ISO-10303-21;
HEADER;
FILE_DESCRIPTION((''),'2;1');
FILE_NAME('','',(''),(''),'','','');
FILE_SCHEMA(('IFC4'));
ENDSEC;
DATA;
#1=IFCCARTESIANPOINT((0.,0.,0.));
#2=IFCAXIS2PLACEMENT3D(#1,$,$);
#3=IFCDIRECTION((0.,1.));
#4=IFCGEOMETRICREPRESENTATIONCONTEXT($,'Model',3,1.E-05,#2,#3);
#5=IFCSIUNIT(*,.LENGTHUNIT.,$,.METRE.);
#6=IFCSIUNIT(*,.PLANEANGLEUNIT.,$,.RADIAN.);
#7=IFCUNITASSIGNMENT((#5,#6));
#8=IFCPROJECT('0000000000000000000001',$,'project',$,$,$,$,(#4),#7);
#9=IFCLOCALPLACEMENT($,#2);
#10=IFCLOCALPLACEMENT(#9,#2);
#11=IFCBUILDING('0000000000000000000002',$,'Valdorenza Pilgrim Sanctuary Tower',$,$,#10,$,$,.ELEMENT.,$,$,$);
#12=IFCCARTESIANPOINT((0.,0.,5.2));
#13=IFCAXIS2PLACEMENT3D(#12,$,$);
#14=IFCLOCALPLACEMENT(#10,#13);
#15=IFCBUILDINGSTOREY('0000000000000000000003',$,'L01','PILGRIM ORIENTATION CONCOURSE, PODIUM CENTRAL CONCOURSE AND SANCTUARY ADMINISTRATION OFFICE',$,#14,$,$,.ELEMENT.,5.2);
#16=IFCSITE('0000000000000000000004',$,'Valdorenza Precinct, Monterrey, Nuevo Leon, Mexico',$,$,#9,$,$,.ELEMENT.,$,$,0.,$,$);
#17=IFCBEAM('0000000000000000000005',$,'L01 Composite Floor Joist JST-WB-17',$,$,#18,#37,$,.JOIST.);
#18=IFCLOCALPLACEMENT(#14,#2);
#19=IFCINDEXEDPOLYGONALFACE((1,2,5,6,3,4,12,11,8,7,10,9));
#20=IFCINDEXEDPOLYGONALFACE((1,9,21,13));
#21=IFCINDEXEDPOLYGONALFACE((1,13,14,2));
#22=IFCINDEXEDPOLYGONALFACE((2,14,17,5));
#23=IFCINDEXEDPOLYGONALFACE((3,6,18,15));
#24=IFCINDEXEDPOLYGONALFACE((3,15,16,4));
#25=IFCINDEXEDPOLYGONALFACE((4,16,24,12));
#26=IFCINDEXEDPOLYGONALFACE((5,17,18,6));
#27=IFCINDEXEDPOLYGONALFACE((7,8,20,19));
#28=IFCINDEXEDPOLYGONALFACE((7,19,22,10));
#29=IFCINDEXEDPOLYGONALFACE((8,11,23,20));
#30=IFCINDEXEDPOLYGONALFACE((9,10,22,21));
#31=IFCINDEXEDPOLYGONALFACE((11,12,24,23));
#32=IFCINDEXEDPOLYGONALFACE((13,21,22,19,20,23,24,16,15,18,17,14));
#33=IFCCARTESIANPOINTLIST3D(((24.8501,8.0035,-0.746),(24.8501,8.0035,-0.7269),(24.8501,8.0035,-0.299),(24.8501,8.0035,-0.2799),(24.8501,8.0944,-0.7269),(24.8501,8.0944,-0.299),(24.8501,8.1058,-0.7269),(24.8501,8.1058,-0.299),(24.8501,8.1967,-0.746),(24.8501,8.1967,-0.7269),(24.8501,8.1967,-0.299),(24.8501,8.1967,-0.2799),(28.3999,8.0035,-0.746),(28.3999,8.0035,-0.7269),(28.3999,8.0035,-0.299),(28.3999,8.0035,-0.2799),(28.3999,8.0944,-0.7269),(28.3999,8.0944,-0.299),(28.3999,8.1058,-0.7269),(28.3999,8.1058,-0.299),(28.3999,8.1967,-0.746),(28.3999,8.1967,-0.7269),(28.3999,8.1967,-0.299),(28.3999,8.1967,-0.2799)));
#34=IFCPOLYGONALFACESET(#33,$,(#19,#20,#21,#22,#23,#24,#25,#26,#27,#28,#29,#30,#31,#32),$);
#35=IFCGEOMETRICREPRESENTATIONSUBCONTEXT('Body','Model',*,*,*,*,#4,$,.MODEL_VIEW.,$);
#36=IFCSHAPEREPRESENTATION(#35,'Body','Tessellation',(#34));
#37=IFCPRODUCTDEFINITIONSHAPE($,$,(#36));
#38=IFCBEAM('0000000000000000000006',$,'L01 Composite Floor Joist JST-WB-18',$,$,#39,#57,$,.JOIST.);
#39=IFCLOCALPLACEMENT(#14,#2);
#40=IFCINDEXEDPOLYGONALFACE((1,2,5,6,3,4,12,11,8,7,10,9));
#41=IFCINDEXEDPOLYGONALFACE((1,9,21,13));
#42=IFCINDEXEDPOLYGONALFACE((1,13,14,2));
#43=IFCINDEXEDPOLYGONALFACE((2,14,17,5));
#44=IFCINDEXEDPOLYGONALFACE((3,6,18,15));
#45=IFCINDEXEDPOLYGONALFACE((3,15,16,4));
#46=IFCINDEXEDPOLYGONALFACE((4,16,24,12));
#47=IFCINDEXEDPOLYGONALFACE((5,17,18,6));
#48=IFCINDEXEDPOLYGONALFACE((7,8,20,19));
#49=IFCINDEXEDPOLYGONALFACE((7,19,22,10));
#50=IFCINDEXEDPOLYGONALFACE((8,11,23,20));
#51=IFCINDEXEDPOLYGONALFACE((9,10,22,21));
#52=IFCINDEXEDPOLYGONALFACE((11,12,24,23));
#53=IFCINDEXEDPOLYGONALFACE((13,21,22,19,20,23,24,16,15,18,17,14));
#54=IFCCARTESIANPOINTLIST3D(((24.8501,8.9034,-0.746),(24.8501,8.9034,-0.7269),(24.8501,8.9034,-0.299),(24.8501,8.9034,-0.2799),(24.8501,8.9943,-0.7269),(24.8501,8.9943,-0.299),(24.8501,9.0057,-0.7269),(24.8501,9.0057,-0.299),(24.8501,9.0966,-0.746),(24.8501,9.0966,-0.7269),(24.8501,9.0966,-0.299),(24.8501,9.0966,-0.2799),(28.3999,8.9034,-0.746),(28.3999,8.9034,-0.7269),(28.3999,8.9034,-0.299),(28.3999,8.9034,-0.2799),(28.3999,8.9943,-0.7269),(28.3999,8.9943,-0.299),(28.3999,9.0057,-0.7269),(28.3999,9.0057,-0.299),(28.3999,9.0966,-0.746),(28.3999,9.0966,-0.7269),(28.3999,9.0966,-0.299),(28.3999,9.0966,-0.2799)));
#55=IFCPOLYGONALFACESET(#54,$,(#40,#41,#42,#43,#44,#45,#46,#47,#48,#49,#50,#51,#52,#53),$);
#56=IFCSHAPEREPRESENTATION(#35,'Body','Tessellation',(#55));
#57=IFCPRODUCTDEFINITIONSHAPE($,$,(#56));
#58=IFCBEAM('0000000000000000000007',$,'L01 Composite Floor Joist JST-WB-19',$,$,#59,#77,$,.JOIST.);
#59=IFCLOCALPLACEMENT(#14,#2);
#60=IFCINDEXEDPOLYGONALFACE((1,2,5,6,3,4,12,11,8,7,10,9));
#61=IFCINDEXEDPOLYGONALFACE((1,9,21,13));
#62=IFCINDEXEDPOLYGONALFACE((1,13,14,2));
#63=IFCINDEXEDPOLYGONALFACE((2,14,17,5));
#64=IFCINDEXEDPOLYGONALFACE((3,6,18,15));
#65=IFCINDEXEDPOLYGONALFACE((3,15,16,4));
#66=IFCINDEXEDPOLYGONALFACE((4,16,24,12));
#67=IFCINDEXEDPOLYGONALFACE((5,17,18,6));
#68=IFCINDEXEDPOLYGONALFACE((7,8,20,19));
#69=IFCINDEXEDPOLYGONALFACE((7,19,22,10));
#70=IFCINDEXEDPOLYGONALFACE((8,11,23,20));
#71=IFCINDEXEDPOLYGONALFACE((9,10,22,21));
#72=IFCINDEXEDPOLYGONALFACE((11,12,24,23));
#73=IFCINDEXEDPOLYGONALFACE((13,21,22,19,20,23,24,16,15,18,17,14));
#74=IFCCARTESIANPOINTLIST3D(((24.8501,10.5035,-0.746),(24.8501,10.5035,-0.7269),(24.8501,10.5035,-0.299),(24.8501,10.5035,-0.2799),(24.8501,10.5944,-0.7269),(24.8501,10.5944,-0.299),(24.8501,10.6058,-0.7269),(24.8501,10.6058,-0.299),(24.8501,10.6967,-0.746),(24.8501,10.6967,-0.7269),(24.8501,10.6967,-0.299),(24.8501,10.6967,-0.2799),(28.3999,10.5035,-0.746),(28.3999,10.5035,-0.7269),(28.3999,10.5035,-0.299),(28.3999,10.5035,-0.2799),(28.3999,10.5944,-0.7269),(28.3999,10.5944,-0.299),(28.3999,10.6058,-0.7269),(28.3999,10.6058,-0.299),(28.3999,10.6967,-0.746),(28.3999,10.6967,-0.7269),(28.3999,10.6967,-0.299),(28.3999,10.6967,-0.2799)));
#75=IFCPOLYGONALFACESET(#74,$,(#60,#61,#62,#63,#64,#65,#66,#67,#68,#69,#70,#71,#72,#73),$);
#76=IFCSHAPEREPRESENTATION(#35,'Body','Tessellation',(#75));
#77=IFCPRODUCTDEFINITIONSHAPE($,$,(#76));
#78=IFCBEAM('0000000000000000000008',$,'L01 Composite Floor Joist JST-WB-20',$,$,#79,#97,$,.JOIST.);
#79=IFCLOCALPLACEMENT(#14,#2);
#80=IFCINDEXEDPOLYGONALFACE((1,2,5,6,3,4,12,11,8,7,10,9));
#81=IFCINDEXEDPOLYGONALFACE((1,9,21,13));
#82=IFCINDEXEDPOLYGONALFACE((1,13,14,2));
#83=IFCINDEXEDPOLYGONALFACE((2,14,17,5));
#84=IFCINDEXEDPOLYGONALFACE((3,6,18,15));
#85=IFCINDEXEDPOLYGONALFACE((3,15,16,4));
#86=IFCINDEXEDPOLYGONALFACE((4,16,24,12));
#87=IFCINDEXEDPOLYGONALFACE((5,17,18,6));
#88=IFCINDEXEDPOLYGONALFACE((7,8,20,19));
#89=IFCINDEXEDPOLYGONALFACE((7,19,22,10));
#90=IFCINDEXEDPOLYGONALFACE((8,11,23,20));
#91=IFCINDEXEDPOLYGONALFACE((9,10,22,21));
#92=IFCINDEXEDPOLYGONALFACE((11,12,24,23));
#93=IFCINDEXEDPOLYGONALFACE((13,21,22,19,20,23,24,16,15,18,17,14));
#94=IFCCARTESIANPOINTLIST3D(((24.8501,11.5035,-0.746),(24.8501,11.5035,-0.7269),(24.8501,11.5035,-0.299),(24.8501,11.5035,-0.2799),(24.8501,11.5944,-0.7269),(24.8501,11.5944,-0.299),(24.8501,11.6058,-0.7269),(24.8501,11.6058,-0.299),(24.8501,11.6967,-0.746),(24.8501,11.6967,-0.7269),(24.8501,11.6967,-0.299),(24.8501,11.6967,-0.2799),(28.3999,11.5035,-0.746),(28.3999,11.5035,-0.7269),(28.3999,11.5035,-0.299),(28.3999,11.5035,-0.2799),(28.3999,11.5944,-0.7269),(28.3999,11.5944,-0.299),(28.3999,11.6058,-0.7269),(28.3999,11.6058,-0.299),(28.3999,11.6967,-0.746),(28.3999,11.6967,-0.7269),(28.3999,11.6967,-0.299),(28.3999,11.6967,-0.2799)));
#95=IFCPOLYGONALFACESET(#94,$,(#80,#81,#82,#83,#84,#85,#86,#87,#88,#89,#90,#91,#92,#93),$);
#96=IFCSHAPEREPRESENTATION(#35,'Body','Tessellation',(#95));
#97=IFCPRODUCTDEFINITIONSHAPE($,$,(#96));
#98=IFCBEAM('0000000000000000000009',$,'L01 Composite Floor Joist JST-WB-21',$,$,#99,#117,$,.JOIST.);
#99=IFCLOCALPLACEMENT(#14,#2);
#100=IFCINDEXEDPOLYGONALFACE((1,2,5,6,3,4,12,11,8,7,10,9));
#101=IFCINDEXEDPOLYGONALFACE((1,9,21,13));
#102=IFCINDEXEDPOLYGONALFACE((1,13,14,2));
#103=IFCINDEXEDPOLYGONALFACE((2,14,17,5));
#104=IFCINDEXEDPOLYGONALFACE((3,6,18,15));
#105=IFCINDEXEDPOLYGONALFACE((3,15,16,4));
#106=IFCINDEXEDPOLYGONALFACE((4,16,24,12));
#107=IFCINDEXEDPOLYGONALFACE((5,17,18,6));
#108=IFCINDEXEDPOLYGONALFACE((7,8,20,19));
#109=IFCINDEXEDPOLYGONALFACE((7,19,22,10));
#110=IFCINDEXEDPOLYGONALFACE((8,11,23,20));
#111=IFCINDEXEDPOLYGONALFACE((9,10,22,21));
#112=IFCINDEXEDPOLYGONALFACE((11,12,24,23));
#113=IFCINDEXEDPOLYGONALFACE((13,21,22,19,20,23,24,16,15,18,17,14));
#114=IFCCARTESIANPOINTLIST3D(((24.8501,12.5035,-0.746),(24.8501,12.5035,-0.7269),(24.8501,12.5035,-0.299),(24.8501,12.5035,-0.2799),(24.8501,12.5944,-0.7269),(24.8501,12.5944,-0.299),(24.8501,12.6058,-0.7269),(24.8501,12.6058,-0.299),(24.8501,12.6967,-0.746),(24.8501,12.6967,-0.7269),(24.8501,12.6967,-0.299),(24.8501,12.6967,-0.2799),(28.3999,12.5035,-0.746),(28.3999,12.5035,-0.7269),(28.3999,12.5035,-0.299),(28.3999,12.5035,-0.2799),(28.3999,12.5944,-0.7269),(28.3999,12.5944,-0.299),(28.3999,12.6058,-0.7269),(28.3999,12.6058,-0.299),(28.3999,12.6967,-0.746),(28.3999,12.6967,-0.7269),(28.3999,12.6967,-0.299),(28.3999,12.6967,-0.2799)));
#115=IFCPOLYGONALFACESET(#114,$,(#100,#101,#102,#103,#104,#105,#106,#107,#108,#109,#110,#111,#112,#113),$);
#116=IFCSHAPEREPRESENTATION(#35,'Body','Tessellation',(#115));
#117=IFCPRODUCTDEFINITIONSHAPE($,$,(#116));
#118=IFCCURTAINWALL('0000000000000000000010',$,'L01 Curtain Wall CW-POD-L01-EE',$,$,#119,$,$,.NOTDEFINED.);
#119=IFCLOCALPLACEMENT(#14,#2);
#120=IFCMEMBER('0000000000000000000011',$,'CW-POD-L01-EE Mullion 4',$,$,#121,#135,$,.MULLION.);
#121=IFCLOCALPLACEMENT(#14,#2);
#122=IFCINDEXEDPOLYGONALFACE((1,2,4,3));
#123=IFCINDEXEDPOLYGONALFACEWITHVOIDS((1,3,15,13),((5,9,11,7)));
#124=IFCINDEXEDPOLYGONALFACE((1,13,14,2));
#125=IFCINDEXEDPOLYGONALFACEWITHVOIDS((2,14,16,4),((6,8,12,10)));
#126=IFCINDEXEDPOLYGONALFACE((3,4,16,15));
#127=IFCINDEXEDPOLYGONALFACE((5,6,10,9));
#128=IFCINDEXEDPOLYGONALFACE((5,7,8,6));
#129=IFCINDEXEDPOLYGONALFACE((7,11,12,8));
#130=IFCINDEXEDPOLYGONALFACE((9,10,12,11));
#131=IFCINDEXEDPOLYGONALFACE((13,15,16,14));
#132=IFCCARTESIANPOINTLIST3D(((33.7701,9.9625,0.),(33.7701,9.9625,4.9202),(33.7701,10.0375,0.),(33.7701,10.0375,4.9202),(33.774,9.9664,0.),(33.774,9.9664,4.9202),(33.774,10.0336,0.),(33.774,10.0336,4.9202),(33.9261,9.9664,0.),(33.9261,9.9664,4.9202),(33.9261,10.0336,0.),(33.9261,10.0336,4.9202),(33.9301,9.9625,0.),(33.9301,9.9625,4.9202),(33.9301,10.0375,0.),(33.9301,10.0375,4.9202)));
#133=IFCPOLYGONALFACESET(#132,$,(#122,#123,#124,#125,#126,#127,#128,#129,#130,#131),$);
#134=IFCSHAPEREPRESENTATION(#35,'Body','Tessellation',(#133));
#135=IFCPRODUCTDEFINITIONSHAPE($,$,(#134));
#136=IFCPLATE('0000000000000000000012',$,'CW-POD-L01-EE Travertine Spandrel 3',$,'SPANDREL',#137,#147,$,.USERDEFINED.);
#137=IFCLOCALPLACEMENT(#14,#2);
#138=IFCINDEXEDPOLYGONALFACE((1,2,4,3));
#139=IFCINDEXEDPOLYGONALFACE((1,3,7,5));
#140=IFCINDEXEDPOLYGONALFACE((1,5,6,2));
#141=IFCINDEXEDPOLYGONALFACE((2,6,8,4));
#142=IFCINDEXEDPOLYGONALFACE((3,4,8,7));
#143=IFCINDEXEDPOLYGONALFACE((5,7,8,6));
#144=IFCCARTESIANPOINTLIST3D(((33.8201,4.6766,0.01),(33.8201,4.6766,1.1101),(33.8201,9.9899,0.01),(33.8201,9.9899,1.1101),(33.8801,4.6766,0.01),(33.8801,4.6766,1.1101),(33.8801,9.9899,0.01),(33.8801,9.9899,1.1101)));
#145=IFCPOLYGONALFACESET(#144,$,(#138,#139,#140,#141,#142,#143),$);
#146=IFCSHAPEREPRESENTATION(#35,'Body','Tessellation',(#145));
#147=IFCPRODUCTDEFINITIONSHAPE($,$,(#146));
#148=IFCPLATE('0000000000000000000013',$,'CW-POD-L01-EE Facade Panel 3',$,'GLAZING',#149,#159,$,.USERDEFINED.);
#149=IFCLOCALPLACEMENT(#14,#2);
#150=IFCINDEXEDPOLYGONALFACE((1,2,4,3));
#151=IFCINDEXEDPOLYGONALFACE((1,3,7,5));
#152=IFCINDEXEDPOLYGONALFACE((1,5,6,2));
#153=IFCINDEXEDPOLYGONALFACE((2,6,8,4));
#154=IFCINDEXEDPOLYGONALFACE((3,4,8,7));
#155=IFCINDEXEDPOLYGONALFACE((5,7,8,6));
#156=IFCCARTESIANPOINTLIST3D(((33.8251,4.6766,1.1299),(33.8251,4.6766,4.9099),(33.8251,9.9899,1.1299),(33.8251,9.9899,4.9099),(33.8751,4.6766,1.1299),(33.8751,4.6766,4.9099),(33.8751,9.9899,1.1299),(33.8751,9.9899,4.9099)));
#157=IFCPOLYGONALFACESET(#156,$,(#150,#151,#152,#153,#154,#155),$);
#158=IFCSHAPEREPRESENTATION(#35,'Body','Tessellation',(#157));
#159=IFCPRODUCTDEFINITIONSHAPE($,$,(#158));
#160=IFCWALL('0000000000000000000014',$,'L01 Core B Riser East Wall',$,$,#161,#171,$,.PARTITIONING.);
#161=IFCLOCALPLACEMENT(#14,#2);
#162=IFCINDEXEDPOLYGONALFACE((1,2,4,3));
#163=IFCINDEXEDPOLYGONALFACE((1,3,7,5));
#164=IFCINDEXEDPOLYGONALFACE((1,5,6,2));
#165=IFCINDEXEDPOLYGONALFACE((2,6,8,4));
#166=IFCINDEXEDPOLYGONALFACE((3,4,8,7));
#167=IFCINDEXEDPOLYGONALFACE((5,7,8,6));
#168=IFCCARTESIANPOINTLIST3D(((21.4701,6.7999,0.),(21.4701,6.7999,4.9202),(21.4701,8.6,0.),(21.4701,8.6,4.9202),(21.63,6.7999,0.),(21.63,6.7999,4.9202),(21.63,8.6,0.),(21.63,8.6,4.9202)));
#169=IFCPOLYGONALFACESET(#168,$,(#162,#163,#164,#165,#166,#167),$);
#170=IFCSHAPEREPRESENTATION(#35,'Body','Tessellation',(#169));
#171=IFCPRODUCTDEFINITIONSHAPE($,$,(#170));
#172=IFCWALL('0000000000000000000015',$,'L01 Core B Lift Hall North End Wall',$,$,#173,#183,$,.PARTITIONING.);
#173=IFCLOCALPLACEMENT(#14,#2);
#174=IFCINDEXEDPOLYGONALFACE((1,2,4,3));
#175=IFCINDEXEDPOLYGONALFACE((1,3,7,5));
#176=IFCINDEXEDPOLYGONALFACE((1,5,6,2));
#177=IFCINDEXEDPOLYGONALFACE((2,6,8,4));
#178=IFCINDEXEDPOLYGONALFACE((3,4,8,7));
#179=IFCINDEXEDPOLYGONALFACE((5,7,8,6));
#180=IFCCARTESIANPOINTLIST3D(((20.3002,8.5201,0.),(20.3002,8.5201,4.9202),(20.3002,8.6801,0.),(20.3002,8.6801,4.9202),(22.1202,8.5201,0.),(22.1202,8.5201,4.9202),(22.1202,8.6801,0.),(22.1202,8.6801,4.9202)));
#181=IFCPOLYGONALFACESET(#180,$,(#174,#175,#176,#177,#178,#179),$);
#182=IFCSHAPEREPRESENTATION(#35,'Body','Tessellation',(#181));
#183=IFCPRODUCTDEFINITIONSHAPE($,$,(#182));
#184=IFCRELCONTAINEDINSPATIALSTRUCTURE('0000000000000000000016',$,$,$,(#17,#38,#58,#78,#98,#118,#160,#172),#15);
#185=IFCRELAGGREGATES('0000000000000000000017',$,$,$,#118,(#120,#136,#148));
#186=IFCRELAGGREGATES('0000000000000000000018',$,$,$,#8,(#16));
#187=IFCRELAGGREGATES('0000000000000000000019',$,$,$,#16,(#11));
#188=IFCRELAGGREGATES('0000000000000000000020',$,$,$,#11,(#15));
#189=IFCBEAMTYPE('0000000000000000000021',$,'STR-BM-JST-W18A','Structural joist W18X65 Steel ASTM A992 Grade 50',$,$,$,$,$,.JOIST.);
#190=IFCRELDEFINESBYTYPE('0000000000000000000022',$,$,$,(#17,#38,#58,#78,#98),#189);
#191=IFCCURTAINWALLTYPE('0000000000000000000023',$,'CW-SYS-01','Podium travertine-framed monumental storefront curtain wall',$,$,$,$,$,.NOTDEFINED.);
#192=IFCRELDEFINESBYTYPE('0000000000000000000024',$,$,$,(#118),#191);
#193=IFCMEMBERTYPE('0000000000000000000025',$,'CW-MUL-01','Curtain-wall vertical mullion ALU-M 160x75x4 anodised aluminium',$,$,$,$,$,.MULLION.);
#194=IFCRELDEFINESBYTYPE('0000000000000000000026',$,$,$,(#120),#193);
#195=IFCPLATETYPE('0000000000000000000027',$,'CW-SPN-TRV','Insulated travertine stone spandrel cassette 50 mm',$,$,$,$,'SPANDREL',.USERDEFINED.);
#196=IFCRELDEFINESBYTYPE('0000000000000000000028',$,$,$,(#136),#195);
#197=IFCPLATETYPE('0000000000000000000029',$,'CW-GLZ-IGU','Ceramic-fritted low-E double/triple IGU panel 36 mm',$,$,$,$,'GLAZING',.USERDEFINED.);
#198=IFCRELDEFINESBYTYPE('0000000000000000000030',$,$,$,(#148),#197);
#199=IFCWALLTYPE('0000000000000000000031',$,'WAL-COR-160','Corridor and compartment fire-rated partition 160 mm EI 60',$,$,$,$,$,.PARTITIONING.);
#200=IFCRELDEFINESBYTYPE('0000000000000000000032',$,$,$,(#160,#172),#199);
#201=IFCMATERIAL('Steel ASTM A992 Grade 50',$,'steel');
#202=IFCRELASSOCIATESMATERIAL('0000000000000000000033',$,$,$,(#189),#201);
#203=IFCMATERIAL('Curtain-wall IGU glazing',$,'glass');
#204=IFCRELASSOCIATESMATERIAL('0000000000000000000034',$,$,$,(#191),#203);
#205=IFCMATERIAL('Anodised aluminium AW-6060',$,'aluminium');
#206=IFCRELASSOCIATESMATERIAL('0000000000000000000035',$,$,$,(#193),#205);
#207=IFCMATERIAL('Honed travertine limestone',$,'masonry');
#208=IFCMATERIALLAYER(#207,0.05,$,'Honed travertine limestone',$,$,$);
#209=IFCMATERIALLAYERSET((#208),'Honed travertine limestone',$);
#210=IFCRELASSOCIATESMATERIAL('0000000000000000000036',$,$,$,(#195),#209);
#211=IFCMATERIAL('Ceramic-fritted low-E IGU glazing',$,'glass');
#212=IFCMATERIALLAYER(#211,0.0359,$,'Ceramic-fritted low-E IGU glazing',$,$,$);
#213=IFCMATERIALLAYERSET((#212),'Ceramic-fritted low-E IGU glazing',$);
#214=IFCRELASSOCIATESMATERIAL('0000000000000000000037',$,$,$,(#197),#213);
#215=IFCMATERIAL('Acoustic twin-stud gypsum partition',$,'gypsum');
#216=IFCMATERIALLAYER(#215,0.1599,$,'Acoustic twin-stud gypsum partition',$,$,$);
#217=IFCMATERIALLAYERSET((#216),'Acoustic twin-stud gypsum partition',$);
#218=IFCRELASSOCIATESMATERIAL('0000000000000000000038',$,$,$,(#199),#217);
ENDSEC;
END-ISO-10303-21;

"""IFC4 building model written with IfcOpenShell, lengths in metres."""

from ifc_helpers import new_model, si_unit, direction, frame, frame_2d, origin, origin_2d, place, context, subcontext, project, spatial, rectangle, hollow_rectangle, i_section, extrude, source, transform, mapped, material, layer, layer_set, material_profile, profile_set, type_object, element, aggregate, save


model = new_model("IFC4")

# Units and contexts
model_context = context("Model", 3, precision=1e-05, world=origin(), true_north=direction((0.0, 1.0)))
body_context = subcontext(model_context, "Body", "Model", "MODEL_VIEW")
ifc_project = project(units=[si_unit("LENGTHUNIT", "METRE"), si_unit("PLANEANGLEUNIT", "RADIAN")], contexts=[model_context])

# Site, building, storey
site_placement = place(None, origin())
site = spatial("IfcSite", under=ifc_project, at=site_placement, Name="Valdorenza Precinct, Monterrey, Nuevo Leon, Mexico", CompositionType="ELEMENT", RefElevation=0.0)
building_placement = place(site_placement, origin())
building = spatial("IfcBuilding", under=site, at=building_placement, Name="Valdorenza Pilgrim Sanctuary Tower", CompositionType="ELEMENT")
storey_placement = place(building_placement, frame((0.0, 0.0, 5.2)))
storey = spatial("IfcBuildingStorey", under=building, at=storey_placement, Name="L01", Description="PILGRIM ORIENTATION CONCOURSE, PODIUM CENTRAL CONCOURSE AND SANCTUARY ADMINISTRATION OFFICE", CompositionType="ELEMENT", Elevation=5.2)

# Beams
ifc_material_1 = material(Name="Steel ASTM A992 Grade 50", Category="steel")
ifc_material_profile_1 = material_profile(ifc_material_1, i_section(OverallWidth=0.1931, OverallDepth=0.4661, WebThickness=0.0115, FlangeThickness=0.019, at=origin_2d()), Name="W18X65")
ifc_profile_set_1 = profile_set([ifc_material_profile_1], Name="Steel ASTM A992 Grade 50")
beam_type_1 = type_object("IfcBeamType", Name="STR-BM-JST-W18A", Description="Structural joist W18X65 Steel ASTM A992 Grade 50", PredefinedType="JOIST", material=ifc_profile_set_1)
shared_shape_1 = source(origin(), body_context, "Body", "SweptSolid", [
    extrude(i_section(OverallWidth=0.1931, OverallDepth=0.4661, WebThickness=0.0115, FlangeThickness=0.019, at=origin_2d()), origin(), (0.0, 0.0, 1.0), 3.5498),
])
for number, where, z_axis, x_axis, name in (
    (1, (24.8501, 8.1001, -0.5129), (1.0, 0.0, 0.0), (0.0, 1.0, 0.0), "L01 Composite Floor Joist JST-WB-17"),
    (2, (24.8501, 9.0, -0.5129), (1.0, 0.0, 0.0), (0.0, 1.0, 0.0), "L01 Composite Floor Joist JST-WB-18"),
    (3, (24.8501, 10.6001, -0.5129), (1.0, 0.0, 0.0), (0.0, 1.0, 0.0), "L01 Composite Floor Joist JST-WB-19"),
    (4, (24.8501, 11.6001, -0.5129), (1.0, 0.0, 0.0), (0.0, 1.0, 0.0), "L01 Composite Floor Joist JST-WB-20"),
    (5, (24.8501, 12.6001, -0.5129), (1.0, 0.0, 0.0), (0.0, 1.0, 0.0), "L01 Composite Floor Joist JST-WB-21"),
):
    element("IfcBeam", number, at=place(storey_placement, frame(where, z_axis=z_axis, x_axis=x_axis)), inside=storey, type_object=beam_type_1, Name=name, PredefinedType="JOIST", context=body_context, shape_type="MappedRepresentation", body=[
        mapped(shared_shape_1, transform((0.0, 0.0, 0.0), x_axis=(1.0, 0.0, 0.0), y_axis=(0.0, 1.0, 0.0), z_axis=(0.0, 0.0, 1.0), scale=1.0)),
    ])

# Curtain wall, member, plates
ifc_material_2 = material(Name="Curtain-wall IGU glazing", Category="glass")
curtain_wall_type = type_object("IfcCurtainWallType", Name="CW-SYS-01", Description="Podium travertine-framed monumental storefront curtain wall", PredefinedType="NOTDEFINED", material=ifc_material_2)
curtain_wall_placement = place(storey_placement, origin())
curtain_wall = element("IfcCurtainWall", 6, at=curtain_wall_placement, inside=storey, type_object=curtain_wall_type, Name="L01 Curtain Wall CW-POD-L01-EE", PredefinedType="NOTDEFINED")
ifc_material_3 = material(Name="Anodised aluminium AW-6060", Category="aluminium")
ifc_material_profile_2 = material_profile(ifc_material_3, hollow_rectangle(XDim=0.075, YDim=0.1599, WallThickness=0.0039, at=origin_2d()), Name="ALU-M 160x75x4")
ifc_profile_set_2 = profile_set([ifc_material_profile_2], Name="Anodised aluminium AW-6060")
member_type = type_object("IfcMemberType", Name="CW-MUL-01", Description="Curtain-wall vertical mullion ALU-M 160x75x4 anodised aluminium", PredefinedType="MULLION", material=ifc_profile_set_2)
shared_shape_2 = source(origin(), body_context, "Body", "SweptSolid", [
    extrude(hollow_rectangle(XDim=0.075, YDim=0.1599, WallThickness=0.0039, at=origin_2d()), origin(), (0.0, 0.0, 1.0), 4.9202),
])
member_placement = place(storey_placement, frame((33.8501, 10.0, 0.0), z_axis=(0.0, 0.0, 1.0), x_axis=(0.0, 1.0, 0.0)))
member = element("IfcMember", 7, at=member_placement, type_object=member_type, Name="CW-POD-L01-EE Mullion 4", PredefinedType="MULLION", context=body_context, shape_type="MappedRepresentation", body=[
    mapped(shared_shape_2, transform((0.0, 0.0, 0.0), x_axis=(1.0, 0.0, 0.0), y_axis=(0.0, 1.0, 0.0), z_axis=(0.0, 0.0, 1.0), scale=1.0)),
])
ifc_material_4 = material(Name="Honed travertine limestone", Category="masonry")
ifc_layer_1 = layer(ifc_material_4, 0.05, Name="Honed travertine limestone")
ifc_layer_set_1 = layer_set([ifc_layer_1], Name="Honed travertine limestone")
plate_type_1 = type_object("IfcPlateType", Name="CW-SPN-TRV", Description="Insulated travertine stone spandrel cassette 50 mm", ElementType="SPANDREL", PredefinedType="USERDEFINED", material=ifc_layer_set_1)
shared_shape_3 = source(origin(), body_context, "Body", "SweptSolid", [
    extrude(rectangle(XDim=5.3132, YDim=0.0601, at=origin_2d()), origin(), (0.0, 0.0, 1.0), 1.1001),
])
plate_1_placement = place(storey_placement, frame((33.8501, 7.3333, 0.01), z_axis=(0.0, 0.0, 1.0), x_axis=(0.0, 1.0, 0.0)))
plate_1 = element("IfcPlate", 8, at=plate_1_placement, type_object=plate_type_1, Name="CW-POD-L01-EE Travertine Spandrel 3", ObjectType="SPANDREL", PredefinedType="USERDEFINED", context=body_context, shape_type="MappedRepresentation", body=[
    mapped(shared_shape_3, transform((0.0, 0.0, 0.0), x_axis=(1.0, 0.0, 0.0), y_axis=(0.0, 1.0, 0.0), z_axis=(0.0, 0.0, 1.0), scale=1.0)),
])
ifc_material_5 = material(Name="Ceramic-fritted low-E IGU glazing", Category="glass")
ifc_layer_2 = layer(ifc_material_5, 0.0359, Name="Ceramic-fritted low-E IGU glazing")
ifc_layer_set_2 = layer_set([ifc_layer_2], Name="Ceramic-fritted low-E IGU glazing")
plate_type_2 = type_object("IfcPlateType", Name="CW-GLZ-IGU", Description="Ceramic-fritted low-E double/triple IGU panel 36 mm", ElementType="GLAZING", PredefinedType="USERDEFINED", material=ifc_layer_set_2)
shared_shape_4 = source(origin(), body_context, "Body", "SweptSolid", [
    extrude(rectangle(XDim=5.3132, YDim=0.05, at=origin_2d()), origin(), (0.0, 0.0, 1.0), 3.78),
])
plate_2_placement = place(storey_placement, frame((33.8501, 7.3333, 1.1299), z_axis=(0.0, 0.0, 1.0), x_axis=(0.0, 1.0, 0.0)))
plate_2 = element("IfcPlate", 9, at=plate_2_placement, type_object=plate_type_2, Name="CW-POD-L01-EE Facade Panel 3", ObjectType="GLAZING", PredefinedType="USERDEFINED", context=body_context, shape_type="MappedRepresentation", body=[
    mapped(shared_shape_4, transform((0.0, 0.0, 0.0), x_axis=(1.0, 0.0, 0.0), y_axis=(0.0, 1.0, 0.0), z_axis=(0.0, 0.0, 1.0), scale=1.0)),
])
aggregate(curtain_wall, [member, plate_1, plate_2])

# Walls
ifc_material_6 = material(Name="Acoustic twin-stud gypsum partition", Category="gypsum")
ifc_layer_3 = layer(ifc_material_6, 0.1599, Name="Acoustic twin-stud gypsum partition")
ifc_layer_set_3 = layer_set([ifc_layer_3], Name="Acoustic twin-stud gypsum partition")
wall_type_1 = type_object("IfcWallType", Name="WAL-COR-160", Description="Corridor and compartment fire-rated partition 160 mm EI 60", PredefinedType="PARTITIONING", material=ifc_layer_set_3)
wall_1_placement = place(storey_placement, frame((21.55, 6.8, 0.0), z_axis=(0.0, 0.0, 1.0), x_axis=(0.0, 1.0, 0.0)))
element("IfcWall", 10, at=wall_1_placement, inside=storey, type_object=wall_type_1, Name="L01 Core B Riser East Wall", PredefinedType="PARTITIONING", context=body_context, shape_type="SweptSolid", body=[
    extrude(rectangle(XDim=1.8, YDim=0.1599, at=frame_2d((0.8999, 0.0))), origin(), (0.0, 0.0, 1.0), 4.9202),
])
wall_2_placement = place(storey_placement, frame((20.3, 8.6001, 0.0), z_axis=(0.0, 0.0, 1.0), x_axis=(1.0, 0.0, 0.0)))
element("IfcWall", 11, at=wall_2_placement, inside=storey, type_object=wall_type_1, Name="L01 Core B Lift Hall North End Wall", PredefinedType="PARTITIONING", context=body_context, shape_type="SweptSolid", body=[
    extrude(rectangle(XDim=1.8201, YDim=0.1599, at=frame_2d((0.9102, 0.0))), origin(), (0.0, 0.0, 1.0), 4.9202),
])

save(model, "model.ifc")
